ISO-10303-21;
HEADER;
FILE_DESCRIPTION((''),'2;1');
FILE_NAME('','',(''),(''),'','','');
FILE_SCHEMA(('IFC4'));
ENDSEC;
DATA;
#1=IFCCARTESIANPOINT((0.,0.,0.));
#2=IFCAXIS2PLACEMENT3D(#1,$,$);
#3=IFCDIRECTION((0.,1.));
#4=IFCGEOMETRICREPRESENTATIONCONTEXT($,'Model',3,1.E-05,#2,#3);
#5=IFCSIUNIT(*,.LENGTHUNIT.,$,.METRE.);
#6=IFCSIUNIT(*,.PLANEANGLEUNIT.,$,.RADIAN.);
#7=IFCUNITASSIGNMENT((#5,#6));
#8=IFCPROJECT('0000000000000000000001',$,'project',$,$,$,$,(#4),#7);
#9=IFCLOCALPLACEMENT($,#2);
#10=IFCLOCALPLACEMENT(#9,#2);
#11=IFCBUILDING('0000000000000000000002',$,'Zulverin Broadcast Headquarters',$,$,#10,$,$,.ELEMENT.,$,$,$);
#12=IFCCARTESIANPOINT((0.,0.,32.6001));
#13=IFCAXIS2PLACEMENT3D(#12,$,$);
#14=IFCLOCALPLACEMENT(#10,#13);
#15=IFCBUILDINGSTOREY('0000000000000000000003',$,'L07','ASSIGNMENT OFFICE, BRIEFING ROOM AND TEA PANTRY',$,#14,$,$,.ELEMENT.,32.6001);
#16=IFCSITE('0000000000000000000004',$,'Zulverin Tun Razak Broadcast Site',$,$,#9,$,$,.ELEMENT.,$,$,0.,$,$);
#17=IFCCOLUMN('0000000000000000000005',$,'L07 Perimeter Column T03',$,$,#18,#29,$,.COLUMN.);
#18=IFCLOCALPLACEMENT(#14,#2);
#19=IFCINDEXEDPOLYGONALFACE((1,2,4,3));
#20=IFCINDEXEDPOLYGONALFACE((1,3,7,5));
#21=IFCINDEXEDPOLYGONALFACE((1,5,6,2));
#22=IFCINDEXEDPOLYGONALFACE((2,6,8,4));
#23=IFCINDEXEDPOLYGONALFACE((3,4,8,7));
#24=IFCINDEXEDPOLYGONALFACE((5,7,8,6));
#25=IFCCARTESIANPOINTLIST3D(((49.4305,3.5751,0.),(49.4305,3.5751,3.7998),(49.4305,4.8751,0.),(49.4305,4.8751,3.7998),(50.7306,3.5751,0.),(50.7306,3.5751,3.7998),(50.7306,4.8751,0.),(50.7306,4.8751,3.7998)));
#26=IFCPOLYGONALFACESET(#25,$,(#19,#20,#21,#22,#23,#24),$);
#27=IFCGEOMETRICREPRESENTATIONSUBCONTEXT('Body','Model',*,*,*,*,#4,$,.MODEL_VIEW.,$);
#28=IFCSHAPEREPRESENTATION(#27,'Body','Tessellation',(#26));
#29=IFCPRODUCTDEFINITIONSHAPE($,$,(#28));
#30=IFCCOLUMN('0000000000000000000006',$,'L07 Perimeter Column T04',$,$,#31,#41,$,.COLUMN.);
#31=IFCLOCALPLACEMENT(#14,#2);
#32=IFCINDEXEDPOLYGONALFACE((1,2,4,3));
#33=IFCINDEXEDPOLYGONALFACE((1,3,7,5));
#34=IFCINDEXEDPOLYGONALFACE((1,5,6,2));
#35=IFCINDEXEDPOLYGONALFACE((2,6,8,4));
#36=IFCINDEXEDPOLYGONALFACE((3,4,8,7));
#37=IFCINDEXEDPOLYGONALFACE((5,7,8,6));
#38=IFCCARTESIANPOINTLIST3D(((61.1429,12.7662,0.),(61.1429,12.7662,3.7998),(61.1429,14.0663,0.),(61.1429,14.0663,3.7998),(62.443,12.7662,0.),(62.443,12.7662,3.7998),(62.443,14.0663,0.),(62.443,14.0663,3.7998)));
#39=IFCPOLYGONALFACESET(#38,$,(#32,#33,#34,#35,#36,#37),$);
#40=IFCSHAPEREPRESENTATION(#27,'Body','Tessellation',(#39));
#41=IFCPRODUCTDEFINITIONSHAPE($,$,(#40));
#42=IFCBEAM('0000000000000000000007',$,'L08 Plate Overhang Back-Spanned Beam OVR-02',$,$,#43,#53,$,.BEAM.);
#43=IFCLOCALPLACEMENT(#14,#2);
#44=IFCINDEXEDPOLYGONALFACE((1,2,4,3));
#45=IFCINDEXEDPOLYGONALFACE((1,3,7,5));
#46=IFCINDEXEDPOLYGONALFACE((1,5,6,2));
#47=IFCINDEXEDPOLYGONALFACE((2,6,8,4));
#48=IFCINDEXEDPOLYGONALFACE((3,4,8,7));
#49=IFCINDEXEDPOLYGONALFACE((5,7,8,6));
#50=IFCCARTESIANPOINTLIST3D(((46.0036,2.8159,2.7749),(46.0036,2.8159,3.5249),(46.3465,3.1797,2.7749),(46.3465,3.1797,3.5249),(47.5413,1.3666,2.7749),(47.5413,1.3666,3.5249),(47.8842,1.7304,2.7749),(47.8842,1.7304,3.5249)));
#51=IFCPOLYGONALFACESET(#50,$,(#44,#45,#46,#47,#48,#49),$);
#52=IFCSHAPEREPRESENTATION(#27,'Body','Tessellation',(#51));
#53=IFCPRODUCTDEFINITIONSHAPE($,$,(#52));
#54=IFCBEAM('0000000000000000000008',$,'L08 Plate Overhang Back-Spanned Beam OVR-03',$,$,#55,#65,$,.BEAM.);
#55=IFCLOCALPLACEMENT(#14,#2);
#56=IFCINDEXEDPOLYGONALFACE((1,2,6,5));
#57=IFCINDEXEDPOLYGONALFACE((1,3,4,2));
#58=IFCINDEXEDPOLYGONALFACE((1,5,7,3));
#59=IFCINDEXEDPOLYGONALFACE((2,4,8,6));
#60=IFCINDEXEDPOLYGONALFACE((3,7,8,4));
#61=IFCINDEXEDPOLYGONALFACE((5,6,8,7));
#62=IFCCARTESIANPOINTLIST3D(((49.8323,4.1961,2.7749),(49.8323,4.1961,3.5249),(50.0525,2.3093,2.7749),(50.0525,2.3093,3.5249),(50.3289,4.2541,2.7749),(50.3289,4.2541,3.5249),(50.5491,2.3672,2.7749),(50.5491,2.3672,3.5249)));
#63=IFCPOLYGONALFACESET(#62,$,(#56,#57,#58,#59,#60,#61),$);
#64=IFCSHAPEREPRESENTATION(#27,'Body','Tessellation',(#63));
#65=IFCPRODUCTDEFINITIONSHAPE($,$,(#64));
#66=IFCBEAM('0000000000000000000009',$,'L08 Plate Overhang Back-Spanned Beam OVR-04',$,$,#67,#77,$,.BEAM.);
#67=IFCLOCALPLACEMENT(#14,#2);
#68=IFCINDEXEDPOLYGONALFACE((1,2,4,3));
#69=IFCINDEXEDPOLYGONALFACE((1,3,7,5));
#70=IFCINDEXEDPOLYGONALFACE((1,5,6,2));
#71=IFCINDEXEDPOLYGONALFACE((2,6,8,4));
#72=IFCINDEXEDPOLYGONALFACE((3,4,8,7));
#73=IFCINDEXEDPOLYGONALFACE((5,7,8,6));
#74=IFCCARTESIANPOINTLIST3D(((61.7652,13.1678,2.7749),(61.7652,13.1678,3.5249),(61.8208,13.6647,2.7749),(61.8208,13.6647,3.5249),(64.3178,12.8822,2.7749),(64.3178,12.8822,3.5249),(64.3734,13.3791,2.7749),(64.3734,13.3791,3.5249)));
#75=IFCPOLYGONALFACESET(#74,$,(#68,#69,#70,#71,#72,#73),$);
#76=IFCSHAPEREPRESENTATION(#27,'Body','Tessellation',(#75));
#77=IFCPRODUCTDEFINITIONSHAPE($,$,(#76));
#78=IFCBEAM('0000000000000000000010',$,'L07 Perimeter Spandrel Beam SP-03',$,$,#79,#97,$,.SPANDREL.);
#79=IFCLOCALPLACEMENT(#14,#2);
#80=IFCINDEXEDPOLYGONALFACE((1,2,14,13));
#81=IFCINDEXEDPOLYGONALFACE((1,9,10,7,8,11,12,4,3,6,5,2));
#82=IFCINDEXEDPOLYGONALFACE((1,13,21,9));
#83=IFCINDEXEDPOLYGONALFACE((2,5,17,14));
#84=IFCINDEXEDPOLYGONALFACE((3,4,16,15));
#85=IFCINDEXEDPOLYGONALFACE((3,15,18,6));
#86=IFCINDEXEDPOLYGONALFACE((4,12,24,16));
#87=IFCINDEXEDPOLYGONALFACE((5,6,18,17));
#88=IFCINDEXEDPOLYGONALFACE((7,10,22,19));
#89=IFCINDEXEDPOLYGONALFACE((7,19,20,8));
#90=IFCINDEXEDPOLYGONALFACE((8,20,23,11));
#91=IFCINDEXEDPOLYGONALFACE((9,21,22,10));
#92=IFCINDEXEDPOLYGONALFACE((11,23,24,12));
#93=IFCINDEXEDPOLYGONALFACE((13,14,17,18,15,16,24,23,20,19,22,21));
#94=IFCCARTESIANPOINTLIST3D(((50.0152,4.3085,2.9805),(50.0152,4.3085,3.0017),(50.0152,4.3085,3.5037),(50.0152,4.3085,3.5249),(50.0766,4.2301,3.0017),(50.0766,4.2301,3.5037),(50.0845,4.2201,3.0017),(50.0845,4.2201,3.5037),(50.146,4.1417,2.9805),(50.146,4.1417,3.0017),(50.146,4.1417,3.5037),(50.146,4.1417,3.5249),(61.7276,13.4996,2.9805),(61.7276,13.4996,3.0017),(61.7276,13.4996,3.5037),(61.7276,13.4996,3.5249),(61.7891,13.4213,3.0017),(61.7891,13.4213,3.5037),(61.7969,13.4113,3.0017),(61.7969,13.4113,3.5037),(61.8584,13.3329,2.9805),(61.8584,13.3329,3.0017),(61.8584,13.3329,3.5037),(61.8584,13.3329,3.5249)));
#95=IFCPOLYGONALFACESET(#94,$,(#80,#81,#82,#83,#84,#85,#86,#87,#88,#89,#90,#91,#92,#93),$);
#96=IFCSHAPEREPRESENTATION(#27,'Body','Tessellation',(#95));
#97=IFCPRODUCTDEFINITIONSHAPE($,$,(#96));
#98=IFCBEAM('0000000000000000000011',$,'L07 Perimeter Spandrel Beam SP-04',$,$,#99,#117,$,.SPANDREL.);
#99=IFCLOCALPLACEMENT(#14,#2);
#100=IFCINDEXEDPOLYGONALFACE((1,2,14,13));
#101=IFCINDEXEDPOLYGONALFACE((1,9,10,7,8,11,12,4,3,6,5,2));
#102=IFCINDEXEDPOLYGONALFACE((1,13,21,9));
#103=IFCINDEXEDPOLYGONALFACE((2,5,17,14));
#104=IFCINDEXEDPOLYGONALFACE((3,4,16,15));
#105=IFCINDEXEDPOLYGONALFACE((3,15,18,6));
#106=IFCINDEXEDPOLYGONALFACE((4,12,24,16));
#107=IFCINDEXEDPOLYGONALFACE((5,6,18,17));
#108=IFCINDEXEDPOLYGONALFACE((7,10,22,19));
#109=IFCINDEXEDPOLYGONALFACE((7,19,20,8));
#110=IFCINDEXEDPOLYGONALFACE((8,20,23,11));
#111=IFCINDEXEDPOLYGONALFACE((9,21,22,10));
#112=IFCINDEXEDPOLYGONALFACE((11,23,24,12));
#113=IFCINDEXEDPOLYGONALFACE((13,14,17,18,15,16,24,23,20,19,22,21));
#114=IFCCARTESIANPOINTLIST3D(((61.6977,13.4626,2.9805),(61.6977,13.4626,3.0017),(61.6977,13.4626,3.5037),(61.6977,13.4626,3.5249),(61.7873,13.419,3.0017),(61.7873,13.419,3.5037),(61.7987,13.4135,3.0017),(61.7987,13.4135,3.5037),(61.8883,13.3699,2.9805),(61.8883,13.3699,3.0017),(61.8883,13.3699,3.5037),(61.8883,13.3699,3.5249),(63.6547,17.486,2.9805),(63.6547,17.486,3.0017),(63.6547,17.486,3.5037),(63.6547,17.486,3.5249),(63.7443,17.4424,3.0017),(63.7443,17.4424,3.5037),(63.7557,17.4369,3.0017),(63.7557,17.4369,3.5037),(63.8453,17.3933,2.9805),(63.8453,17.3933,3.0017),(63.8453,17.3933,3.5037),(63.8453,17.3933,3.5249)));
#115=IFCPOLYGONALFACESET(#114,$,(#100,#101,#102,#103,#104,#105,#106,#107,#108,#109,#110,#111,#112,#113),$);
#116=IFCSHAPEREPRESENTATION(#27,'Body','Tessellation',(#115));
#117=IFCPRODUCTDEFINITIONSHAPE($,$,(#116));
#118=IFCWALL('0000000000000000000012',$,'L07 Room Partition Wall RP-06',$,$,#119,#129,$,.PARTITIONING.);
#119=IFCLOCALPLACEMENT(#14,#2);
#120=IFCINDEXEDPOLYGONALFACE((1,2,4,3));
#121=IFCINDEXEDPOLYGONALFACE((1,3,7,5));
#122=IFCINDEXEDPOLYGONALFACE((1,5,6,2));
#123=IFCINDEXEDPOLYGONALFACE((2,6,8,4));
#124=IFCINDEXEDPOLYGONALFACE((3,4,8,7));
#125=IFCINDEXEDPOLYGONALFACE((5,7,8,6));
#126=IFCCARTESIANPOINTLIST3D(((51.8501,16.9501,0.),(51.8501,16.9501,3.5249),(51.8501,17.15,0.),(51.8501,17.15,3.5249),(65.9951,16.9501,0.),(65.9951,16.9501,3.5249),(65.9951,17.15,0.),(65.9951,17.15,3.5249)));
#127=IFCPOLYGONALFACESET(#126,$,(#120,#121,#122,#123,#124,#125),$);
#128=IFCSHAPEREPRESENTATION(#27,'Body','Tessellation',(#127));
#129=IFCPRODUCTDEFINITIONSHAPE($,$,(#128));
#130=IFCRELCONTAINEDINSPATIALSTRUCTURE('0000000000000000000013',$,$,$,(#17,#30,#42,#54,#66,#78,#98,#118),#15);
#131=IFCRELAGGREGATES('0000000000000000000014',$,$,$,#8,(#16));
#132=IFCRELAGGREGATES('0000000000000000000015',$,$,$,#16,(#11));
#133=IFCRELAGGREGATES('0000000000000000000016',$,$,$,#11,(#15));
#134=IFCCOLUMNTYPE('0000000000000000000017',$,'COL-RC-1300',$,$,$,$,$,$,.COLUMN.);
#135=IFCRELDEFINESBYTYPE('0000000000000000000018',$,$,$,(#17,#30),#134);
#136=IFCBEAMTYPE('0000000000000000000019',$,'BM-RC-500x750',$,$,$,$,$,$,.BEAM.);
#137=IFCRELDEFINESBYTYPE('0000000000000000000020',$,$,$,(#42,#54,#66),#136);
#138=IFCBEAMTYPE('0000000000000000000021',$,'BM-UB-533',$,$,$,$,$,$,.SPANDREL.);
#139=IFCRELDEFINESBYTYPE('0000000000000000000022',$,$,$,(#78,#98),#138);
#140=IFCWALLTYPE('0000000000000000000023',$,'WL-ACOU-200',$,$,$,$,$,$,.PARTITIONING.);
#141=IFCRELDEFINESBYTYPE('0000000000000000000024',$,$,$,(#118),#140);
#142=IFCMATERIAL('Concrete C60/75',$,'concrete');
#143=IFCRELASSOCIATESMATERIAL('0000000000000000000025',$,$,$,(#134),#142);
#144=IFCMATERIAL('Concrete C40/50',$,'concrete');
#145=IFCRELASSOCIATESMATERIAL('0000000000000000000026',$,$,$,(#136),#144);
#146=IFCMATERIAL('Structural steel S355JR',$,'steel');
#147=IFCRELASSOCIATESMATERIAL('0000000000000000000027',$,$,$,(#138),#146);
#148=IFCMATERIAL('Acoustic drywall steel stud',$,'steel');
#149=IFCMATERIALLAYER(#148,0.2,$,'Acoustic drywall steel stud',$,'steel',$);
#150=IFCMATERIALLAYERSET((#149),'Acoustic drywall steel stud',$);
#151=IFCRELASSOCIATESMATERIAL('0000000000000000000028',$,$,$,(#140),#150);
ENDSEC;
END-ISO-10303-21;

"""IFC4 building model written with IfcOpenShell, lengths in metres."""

from ifc_helpers import new_model, si_unit, direction, frame, frame_2d, origin, origin_2d, place, context, subcontext, project, spatial, rectangle, i_section, extrude, material, layer, layer_set, material_profile, profile_set, type_object, element, save


model = new_model("IFC4")

# Units and contexts
model_context = context("Model", 3, precision=1e-05, world=origin(), true_north=direction((0.0, 1.0)))
body_context = subcontext(model_context, "Body", "Model", "MODEL_VIEW")
ifc_project = project(units=[si_unit("LENGTHUNIT", "METRE"), si_unit("PLANEANGLEUNIT", "RADIAN")], contexts=[model_context])

# Site, building, storey
site_placement = place(None, origin())
site = spatial("IfcSite", under=ifc_project, at=site_placement, Name="Zulverin Tun Razak Broadcast Site", CompositionType="ELEMENT", RefElevation=0.0)
building_placement = place(site_placement, origin())
building = spatial("IfcBuilding", under=site, at=building_placement, Name="Zulverin Broadcast Headquarters", CompositionType="ELEMENT")
storey_placement = place(building_placement, frame((0.0, 0.0, 32.6001)))
storey = spatial("IfcBuildingStorey", under=building, at=storey_placement, Name="L07", Description="ASSIGNMENT OFFICE, BRIEFING ROOM AND TEA PANTRY", CompositionType="ELEMENT", Elevation=32.6001)

# Columns
ifc_material_1 = material(Name="Concrete C60/75", Category="concrete")
ifc_material_profile_1 = material_profile(ifc_material_1, rectangle(XDim=1.3, YDim=1.3, at=origin_2d()), Name="Concrete C60/75", Category="concrete")
ifc_profile_set_1 = profile_set([ifc_material_profile_1], Name="Concrete C60/75")
column_type = type_object("IfcColumnType", Name="COL-RC-1300", PredefinedType="COLUMN", material=ifc_profile_set_1)
for number, where, z_axis, x_axis, name in (
    (1, (50.0806, 4.2251, 0.0), (0.0, 0.0, 1.0), (1.0, 0.0, 0.0), "L07 Perimeter Column T03"),
    (2, (61.793, 13.4163, 0.0), (0.0, 0.0, 1.0), (1.0, 0.0, 0.0), "L07 Perimeter Column T04"),
):
    element("IfcColumn", number, at=place(storey_placement, frame(where, z_axis=z_axis, x_axis=x_axis)), inside=storey, type_object=column_type, Name=name, PredefinedType="COLUMN", context=body_context, shape_type="SweptSolid", body=[
        extrude(rectangle(XDim=1.3, YDim=1.3, at=origin_2d()), origin(), (0.0, 0.0, 1.0), 3.7998),
    ])

# Beams
ifc_material_2 = material(Name="Concrete C40/50", Category="concrete")
ifc_material_profile_2 = material_profile(ifc_material_2, rectangle(XDim=0.5, YDim=0.75, at=origin_2d()), Name="Concrete C40/50", Category="concrete")
ifc_profile_set_2 = profile_set([ifc_material_profile_2], Name="Concrete C40/50")
beam_type_1 = type_object("IfcBeamType", Name="BM-RC-500x750", PredefinedType="BEAM", material=ifc_profile_set_2)
beam_1_placement = place(storey_placement, frame((46.175, 2.9978, 3.1499), z_axis=(0.727711, -0.685884, 0.0), x_axis=(0.685884, 0.727711, 0.0)))
element("IfcBeam", 3, at=beam_1_placement, inside=storey, type_object=beam_type_1, Name="L08 Plate Overhang Back-Spanned Beam OVR-02", PredefinedType="BEAM", context=body_context, shape_type="SweptSolid", body=[
    extrude(rectangle(XDim=0.5, YDim=0.75, at=origin_2d()), origin(), (0.0, 0.0, 1.0), 2.113),
])
beam_2_placement = place(storey_placement, frame((50.0806, 4.2251, 3.1499), z_axis=(0.115917, -0.993259, 0.0), x_axis=(0.993259, 0.115917, 0.0)))
element("IfcBeam", 4, at=beam_2_placement, inside=storey, type_object=beam_type_1, Name="L08 Plate Overhang Back-Spanned Beam OVR-03", PredefinedType="BEAM", context=body_context, shape_type="SweptSolid", body=[
    extrude(rectangle(XDim=0.5, YDim=0.75, at=origin_2d()), origin(), (0.0, 0.0, 1.0), 1.8997),
])
beam_3_placement = place(storey_placement, frame((61.793, 13.4163, 3.1499), z_axis=(0.993798, -0.111203, 0.0), x_axis=(0.111203, 0.993798, 0.0)))
element("IfcBeam", 5, at=beam_3_placement, inside=storey, type_object=beam_type_1, Name="L08 Plate Overhang Back-Spanned Beam OVR-04", PredefinedType="BEAM", context=body_context, shape_type="SweptSolid", body=[
    extrude(rectangle(XDim=0.5, YDim=0.75, at=origin_2d()), origin(), (0.0, 0.0, 1.0), 2.5686),
])
ifc_material_3 = material(Name="Structural steel S355JR", Category="steel")
ifc_material_profile_3 = material_profile(ifc_material_3, i_section(OverallWidth=0.2119, OverallDepth=0.5444, WebThickness=0.0127, FlangeThickness=0.0212, at=origin_2d()), Name="Structural steel S355JR", Category="steel")
ifc_profile_set_3 = profile_set([ifc_material_profile_3], Name="Structural steel S355JR")
beam_type_2 = type_object("IfcBeamType", Name="BM-UB-533", PredefinedType="SPANDREL", material=ifc_profile_set_3)
beam_4_placement = place(storey_placement, frame((50.0806, 4.2251, 3.2527), z_axis=(0.786691, 0.617346, 0.0), x_axis=(-0.617346, 0.786691, 0.0)))
element("IfcBeam", 6, at=beam_4_placement, inside=storey, type_object=beam_type_2, Name="L07 Perimeter Spandrel Beam SP-03", PredefinedType="SPANDREL", context=body_context, shape_type="SweptSolid", body=[
    extrude(i_section(OverallWidth=0.2119, OverallDepth=0.5444, WebThickness=0.0127, FlangeThickness=0.0212, at=origin_2d()), origin(), (0.0, 0.0, 1.0), 14.8882),
])
beam_5_placement = place(storey_placement, frame((61.793, 13.4163, 3.2527), z_axis=(0.437408, 0.899263, 0.0), x_axis=(-0.899263, 0.437408, 0.0)))
element("IfcBeam", 7, at=beam_5_placement, inside=storey, type_object=beam_type_2, Name="L07 Perimeter Spandrel Beam SP-04", PredefinedType="SPANDREL", context=body_context, shape_type="SweptSolid", body=[
    extrude(i_section(OverallWidth=0.2119, OverallDepth=0.5444, WebThickness=0.0127, FlangeThickness=0.0212, at=origin_2d()), origin(), (0.0, 0.0, 1.0), 4.4741),
])

# Wall
ifc_material_4 = material(Name="Acoustic drywall steel stud", Category="steel")
ifc_layer_1 = layer(ifc_material_4, 0.2, Name="Acoustic drywall steel stud", Category="steel")
ifc_layer_set_1 = layer_set([ifc_layer_1], Name="Acoustic drywall steel stud")
wall_type_1 = type_object("IfcWallType", Name="WL-ACOU-200", PredefinedType="PARTITIONING", material=ifc_layer_set_1)
wall_1_placement = place(storey_placement, frame((51.8501, 17.05, 0.0), z_axis=(0.0, 0.0, 1.0), x_axis=(1.0, 0.0, 0.0)))
element("IfcWall", 8, at=wall_1_placement, inside=storey, type_object=wall_type_1, Name="L07 Room Partition Wall RP-06", PredefinedType="PARTITIONING", context=body_context, shape_type="SweptSolid", body=[
    extrude(rectangle(XDim=14.145, YDim=0.2, at=frame_2d((7.0725, 0.0))), origin(), (0.0, 0.0, 1.0), 3.5249),
])

save(model, "model.ifc")
